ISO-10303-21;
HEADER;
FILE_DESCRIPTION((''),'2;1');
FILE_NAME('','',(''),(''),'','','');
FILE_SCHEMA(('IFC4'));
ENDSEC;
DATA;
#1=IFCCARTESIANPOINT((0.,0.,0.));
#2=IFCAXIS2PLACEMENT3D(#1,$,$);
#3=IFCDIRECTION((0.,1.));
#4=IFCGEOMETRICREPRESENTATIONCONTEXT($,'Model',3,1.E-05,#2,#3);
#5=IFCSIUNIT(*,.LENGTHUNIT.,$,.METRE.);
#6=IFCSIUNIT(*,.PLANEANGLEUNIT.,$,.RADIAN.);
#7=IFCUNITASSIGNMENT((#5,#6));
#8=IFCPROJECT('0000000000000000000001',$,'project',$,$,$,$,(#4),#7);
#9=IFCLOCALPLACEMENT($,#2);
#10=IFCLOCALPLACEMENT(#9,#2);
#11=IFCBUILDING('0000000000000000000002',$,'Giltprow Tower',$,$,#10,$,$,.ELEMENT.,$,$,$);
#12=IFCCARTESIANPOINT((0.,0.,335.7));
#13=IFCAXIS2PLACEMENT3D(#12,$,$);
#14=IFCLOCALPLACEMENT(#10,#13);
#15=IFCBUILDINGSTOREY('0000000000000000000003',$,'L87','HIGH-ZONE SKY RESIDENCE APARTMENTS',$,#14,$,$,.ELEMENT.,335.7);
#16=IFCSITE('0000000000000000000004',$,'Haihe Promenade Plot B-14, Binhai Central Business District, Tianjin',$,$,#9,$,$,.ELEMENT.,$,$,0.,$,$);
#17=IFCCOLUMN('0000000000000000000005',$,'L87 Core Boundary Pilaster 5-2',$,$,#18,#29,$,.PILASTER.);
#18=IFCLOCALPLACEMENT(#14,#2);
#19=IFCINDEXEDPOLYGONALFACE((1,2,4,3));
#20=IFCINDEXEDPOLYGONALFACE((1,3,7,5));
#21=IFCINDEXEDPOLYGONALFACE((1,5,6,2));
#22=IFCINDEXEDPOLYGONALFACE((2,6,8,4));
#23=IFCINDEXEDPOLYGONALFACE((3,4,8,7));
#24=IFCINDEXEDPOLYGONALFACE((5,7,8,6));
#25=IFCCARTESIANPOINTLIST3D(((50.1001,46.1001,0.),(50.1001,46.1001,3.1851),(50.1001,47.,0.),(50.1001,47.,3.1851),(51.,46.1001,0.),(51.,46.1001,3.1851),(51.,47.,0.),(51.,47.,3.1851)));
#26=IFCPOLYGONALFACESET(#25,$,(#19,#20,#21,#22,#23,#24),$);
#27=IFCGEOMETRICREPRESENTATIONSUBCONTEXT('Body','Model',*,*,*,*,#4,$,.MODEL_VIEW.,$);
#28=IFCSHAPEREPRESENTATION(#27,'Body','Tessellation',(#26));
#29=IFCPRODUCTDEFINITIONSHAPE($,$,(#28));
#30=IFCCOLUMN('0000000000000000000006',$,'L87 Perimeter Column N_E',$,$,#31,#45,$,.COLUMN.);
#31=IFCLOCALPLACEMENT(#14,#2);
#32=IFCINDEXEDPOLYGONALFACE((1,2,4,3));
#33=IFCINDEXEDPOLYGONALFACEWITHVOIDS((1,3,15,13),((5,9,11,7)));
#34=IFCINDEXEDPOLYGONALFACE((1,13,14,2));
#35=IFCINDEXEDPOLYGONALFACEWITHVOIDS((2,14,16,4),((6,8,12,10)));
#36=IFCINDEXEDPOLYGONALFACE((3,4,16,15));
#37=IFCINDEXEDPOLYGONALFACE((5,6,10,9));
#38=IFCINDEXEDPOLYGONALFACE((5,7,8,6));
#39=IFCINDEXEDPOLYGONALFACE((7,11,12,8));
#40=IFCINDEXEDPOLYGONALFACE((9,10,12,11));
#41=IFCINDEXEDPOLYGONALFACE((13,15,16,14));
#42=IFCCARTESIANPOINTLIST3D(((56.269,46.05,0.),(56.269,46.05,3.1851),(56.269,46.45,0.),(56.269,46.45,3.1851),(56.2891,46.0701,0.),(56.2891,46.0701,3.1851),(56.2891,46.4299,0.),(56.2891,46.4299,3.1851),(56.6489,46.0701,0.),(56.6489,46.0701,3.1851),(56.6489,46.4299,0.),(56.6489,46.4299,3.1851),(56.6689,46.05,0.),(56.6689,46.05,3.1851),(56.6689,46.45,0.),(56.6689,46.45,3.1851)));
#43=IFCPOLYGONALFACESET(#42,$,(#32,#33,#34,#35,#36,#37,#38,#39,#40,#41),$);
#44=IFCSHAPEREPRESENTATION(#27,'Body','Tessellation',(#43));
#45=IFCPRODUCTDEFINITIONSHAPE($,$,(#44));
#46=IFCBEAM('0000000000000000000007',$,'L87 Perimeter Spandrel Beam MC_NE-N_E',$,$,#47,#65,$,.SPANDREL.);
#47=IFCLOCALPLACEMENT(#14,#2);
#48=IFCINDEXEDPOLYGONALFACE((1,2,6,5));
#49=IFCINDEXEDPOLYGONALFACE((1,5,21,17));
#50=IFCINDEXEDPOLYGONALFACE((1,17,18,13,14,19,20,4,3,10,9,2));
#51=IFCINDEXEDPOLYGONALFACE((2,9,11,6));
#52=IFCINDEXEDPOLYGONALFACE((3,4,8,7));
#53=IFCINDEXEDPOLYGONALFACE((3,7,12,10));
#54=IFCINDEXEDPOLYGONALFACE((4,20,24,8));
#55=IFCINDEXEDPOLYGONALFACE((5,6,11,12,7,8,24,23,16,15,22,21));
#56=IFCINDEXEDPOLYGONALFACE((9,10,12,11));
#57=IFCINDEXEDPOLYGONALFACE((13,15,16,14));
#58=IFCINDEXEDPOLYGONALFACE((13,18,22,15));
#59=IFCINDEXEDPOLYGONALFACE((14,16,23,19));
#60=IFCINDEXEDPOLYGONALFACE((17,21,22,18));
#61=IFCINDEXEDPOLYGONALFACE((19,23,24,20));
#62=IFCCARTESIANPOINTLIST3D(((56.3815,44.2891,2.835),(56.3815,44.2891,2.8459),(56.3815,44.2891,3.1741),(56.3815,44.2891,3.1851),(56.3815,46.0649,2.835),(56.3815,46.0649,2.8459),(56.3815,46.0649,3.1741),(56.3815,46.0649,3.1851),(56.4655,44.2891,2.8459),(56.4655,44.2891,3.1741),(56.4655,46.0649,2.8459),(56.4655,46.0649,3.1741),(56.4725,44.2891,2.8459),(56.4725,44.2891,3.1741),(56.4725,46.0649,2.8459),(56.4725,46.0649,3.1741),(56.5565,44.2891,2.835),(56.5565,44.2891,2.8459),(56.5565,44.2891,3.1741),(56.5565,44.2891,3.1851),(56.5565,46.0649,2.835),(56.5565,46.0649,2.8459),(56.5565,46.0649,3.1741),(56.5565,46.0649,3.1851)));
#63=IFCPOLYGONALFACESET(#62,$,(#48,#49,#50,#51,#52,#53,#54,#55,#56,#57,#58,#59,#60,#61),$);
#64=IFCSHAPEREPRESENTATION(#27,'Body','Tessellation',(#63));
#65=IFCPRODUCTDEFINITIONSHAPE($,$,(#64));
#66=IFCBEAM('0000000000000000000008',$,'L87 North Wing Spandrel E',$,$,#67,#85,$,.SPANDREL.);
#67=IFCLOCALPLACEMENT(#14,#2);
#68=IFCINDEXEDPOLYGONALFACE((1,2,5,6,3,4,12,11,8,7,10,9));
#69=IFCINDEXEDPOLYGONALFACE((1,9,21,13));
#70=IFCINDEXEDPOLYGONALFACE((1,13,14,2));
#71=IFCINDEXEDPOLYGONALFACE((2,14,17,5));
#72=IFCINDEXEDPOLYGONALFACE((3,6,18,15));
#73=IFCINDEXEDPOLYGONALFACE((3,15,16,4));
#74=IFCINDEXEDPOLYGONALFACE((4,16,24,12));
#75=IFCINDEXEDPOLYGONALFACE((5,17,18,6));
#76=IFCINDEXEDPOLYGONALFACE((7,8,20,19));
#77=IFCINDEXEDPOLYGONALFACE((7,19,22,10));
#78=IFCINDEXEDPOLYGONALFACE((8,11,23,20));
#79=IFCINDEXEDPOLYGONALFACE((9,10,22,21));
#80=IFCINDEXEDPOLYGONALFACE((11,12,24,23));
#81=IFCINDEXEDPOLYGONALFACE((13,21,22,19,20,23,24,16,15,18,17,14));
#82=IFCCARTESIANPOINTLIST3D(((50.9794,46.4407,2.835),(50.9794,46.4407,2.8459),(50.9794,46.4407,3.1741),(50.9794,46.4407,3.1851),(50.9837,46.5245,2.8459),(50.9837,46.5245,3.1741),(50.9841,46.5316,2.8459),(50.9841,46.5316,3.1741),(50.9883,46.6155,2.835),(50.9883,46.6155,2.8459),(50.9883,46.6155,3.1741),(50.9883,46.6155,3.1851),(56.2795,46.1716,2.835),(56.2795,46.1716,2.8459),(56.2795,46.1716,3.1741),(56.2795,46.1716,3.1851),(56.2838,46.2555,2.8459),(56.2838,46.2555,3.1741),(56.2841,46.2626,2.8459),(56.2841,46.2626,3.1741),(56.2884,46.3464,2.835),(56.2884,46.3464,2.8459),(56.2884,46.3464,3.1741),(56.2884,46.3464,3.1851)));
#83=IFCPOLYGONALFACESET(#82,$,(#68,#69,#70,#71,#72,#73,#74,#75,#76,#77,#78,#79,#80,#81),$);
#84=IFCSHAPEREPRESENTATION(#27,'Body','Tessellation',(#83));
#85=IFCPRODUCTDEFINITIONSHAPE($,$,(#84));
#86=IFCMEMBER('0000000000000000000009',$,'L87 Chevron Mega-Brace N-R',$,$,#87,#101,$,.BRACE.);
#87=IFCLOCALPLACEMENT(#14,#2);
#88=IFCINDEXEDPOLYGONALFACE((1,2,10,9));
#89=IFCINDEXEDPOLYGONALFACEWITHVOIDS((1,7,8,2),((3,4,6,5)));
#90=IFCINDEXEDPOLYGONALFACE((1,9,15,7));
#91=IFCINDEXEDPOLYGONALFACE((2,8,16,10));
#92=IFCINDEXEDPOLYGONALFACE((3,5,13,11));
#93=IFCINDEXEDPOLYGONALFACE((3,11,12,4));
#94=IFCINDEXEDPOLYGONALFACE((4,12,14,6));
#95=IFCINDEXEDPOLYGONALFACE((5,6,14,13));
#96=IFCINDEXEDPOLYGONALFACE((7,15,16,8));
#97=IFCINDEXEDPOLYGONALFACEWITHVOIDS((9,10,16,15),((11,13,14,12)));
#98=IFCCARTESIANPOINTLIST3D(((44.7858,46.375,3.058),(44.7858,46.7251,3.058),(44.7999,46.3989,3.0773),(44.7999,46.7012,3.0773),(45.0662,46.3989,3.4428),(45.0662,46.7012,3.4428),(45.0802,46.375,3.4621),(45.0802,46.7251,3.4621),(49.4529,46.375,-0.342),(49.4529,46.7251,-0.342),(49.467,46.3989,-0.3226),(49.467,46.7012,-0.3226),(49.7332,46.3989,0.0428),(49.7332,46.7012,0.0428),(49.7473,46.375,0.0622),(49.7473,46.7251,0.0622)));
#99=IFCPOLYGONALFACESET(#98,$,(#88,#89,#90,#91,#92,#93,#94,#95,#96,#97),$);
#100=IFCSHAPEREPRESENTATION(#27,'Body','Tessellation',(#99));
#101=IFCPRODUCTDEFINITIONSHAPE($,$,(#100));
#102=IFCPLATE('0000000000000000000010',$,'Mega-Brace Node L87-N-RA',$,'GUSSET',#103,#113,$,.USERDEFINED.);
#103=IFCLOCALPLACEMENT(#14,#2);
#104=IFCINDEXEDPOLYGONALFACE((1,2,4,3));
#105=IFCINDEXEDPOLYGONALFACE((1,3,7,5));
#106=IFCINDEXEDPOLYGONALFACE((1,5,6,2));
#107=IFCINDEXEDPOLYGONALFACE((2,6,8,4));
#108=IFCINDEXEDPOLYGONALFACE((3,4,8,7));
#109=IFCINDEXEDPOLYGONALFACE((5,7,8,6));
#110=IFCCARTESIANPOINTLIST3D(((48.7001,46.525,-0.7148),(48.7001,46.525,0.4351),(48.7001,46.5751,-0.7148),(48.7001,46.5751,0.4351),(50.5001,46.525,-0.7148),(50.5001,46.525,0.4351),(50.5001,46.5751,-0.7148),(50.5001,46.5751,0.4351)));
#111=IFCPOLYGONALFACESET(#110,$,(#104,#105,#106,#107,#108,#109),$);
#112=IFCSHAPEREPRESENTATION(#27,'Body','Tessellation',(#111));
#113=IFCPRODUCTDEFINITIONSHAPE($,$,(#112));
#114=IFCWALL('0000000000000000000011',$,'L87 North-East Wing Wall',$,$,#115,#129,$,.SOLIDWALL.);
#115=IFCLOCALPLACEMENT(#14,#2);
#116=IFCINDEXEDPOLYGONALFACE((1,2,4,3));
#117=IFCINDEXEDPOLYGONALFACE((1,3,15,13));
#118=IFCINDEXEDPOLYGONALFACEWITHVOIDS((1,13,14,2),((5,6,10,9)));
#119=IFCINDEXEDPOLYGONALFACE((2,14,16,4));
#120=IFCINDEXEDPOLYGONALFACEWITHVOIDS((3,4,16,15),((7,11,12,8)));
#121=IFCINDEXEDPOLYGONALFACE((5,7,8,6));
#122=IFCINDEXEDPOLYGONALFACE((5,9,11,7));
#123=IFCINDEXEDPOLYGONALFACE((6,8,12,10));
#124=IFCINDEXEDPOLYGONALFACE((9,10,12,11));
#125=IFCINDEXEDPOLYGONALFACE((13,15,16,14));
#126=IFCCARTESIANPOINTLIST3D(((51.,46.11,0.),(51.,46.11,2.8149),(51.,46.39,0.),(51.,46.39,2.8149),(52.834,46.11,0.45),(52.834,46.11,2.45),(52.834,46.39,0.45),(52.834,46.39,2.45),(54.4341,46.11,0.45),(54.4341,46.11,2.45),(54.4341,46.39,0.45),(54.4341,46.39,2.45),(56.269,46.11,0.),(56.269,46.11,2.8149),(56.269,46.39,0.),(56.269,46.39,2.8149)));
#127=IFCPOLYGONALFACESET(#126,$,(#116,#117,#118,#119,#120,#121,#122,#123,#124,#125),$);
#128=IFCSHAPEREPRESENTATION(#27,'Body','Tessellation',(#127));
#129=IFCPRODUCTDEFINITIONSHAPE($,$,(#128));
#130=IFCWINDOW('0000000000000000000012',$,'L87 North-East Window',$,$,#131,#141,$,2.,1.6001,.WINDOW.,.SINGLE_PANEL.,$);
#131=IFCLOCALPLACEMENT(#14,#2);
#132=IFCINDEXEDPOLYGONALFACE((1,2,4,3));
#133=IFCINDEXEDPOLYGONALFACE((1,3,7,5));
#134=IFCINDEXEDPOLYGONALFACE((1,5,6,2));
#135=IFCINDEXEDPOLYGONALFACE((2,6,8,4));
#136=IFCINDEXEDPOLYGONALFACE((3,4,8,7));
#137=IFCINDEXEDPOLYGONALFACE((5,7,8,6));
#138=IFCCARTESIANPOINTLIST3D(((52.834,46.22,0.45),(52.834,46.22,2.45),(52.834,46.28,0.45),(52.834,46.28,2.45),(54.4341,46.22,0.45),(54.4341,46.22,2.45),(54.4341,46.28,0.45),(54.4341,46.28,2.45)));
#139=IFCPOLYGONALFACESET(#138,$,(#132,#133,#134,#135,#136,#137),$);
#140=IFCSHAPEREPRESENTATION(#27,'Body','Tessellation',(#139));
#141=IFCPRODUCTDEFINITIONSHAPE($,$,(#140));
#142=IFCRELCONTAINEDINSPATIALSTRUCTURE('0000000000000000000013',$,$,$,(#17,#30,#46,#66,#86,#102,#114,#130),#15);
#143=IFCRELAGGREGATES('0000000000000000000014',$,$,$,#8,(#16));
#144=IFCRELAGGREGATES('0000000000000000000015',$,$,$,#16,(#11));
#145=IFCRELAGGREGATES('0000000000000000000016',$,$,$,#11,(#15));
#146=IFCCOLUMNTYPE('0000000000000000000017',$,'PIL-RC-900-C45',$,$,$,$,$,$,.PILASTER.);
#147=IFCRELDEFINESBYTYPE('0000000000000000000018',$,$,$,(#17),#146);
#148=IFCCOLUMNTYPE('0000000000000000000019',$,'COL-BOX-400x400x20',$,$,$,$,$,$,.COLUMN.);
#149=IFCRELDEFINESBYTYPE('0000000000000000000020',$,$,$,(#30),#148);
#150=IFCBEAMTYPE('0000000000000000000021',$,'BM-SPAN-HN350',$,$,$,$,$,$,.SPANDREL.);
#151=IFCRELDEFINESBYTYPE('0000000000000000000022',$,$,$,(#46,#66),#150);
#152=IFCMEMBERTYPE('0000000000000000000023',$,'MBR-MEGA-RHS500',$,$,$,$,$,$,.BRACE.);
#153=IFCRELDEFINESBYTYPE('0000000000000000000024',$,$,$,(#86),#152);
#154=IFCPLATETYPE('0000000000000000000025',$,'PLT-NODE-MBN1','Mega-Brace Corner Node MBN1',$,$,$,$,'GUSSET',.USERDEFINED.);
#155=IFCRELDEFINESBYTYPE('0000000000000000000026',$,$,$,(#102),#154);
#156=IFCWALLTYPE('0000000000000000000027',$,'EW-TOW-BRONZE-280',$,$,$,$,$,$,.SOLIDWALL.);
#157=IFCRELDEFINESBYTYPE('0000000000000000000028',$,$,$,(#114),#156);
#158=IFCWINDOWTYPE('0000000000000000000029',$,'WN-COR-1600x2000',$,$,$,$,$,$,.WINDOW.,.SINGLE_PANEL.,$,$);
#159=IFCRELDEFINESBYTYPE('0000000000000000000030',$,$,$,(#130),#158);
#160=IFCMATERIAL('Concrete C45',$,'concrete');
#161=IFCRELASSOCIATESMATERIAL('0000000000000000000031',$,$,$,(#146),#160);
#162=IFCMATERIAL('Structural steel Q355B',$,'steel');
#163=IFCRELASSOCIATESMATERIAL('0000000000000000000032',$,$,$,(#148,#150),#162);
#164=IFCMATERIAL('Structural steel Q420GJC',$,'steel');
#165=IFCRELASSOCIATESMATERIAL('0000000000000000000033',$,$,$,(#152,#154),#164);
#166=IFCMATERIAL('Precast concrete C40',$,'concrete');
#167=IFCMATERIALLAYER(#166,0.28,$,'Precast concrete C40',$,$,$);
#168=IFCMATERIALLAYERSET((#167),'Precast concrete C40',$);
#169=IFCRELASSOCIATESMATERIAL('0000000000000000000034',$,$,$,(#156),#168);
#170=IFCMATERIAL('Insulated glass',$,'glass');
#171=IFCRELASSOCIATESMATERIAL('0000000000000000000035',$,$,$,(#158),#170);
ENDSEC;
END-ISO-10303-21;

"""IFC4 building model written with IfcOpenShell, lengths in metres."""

from ifc_helpers import new_model, si_unit, direction, frame, frame_2d, origin, origin_2d, place, context, subcontext, project, spatial, rectangle, hollow_rectangle, i_section, extrude, source, transform, mapped, material, layer, layer_set, material_profile, profile_set, type_object, element, fill, save


model = new_model("IFC4")

# Units and contexts
model_context = context("Model", 3, precision=1e-05, world=origin(), true_north=direction((0.0, 1.0)))
body_context = subcontext(model_context, "Body", "Model", "MODEL_VIEW")
ifc_project = project(units=[si_unit("LENGTHUNIT", "METRE"), si_unit("PLANEANGLEUNIT", "RADIAN")], contexts=[model_context])

# Site, building, storey
site_placement = place(None, origin())
site = spatial("IfcSite", under=ifc_project, at=site_placement, Name="Haihe Promenade Plot B-14, Binhai Central Business District, Tianjin", CompositionType="ELEMENT", RefElevation=0.0)
building_placement = place(site_placement, origin())
building = spatial("IfcBuilding", under=site, at=building_placement, Name="Giltprow Tower", CompositionType="ELEMENT")
storey_placement = place(building_placement, frame((0.0, 0.0, 335.7)))
storey = spatial("IfcBuildingStorey", under=building, at=storey_placement, Name="L87", Description="HIGH-ZONE SKY RESIDENCE APARTMENTS", CompositionType="ELEMENT", Elevation=335.7)

# Columns
ifc_material_1 = material(Name="Concrete C45", Category="concrete")
ifc_material_profile_1 = material_profile(ifc_material_1, rectangle(XDim=0.8999, YDim=0.8999, at=origin_2d()), Name="RC 900x900")
ifc_profile_set_1 = profile_set([ifc_material_profile_1], Name="Concrete C45")
column_type_1 = type_object("IfcColumnType", Name="PIL-RC-900-C45", PredefinedType="PILASTER", material=ifc_profile_set_1)
shared_shape_1 = source(origin(), body_context, "Body", "SweptSolid", [
    extrude(rectangle(XDim=0.8999, YDim=0.8999, at=origin_2d()), origin(), (0.0, 0.0, 1.0), 3.1851),
])
column_1_placement = place(storey_placement, frame((50.55, 46.55, 0.0), z_axis=(0.0, 0.0, 1.0), x_axis=(1.0, 0.0, 0.0)))
element("IfcColumn", 1, at=column_1_placement, inside=storey, type_object=column_type_1, Name="L87 Core Boundary Pilaster 5-2", PredefinedType="PILASTER", context=body_context, shape_type="MappedRepresentation", body=[
    mapped(shared_shape_1, transform((0.0, 0.0, 0.0), x_axis=(1.0, 0.0, 0.0), y_axis=(0.0, 1.0, 0.0), z_axis=(0.0, 0.0, 1.0), scale=1.0)),
])
ifc_material_2 = material(Name="Structural steel Q355B", Category="steel")
ifc_material_profile_2 = material_profile(ifc_material_2, hollow_rectangle(XDim=0.3999, YDim=0.3999, WallThickness=0.02, at=origin_2d()), Name="BOX 400x400x20")
ifc_profile_set_2 = profile_set([ifc_material_profile_2], Name="Structural steel Q355B")
column_type_2 = type_object("IfcColumnType", Name="COL-BOX-400x400x20", PredefinedType="COLUMN", material=ifc_profile_set_2)
shared_shape_2 = source(origin(), body_context, "Body", "SweptSolid", [
    extrude(hollow_rectangle(XDim=0.3999, YDim=0.3999, WallThickness=0.02, at=origin_2d()), origin(), (0.0, 0.0, 1.0), 3.1851),
])
column_2_placement = place(storey_placement, frame((56.469, 46.25, 0.0), z_axis=(0.0, 0.0, 1.0), x_axis=(1.0, 0.0, 0.0)))
element("IfcColumn", 2, at=column_2_placement, inside=storey, type_object=column_type_2, Name="L87 Perimeter Column N_E", PredefinedType="COLUMN", context=body_context, shape_type="MappedRepresentation", body=[
    mapped(shared_shape_2, transform((0.0, 0.0, 0.0), x_axis=(1.0, 0.0, 0.0), y_axis=(0.0, 1.0, 0.0), z_axis=(0.0, 0.0, 1.0), scale=1.0)),
])

# Beams
ifc_material_profile_3 = material_profile(ifc_material_2, i_section(OverallWidth=0.175, OverallDepth=0.3501, WebThickness=0.0071, FlangeThickness=0.011, at=origin_2d()), Name="HN 350x175x7x11")
ifc_profile_set_3 = profile_set([ifc_material_profile_3], Name="Structural steel Q355B")
beam_type = type_object("IfcBeamType", Name="BM-SPAN-HN350", PredefinedType="SPANDREL", material=ifc_profile_set_3)
shared_shape_3 = source(origin(), body_context, "Body", "SweptSolid", [
    extrude(i_section(OverallWidth=0.175, OverallDepth=0.3501, WebThickness=0.0071, FlangeThickness=0.011, at=origin_2d()), origin(), (0.0, 0.0, 1.0), 1.7759),
])
beam_1_placement = place(storey_placement, frame((56.469, 44.2891, 3.01), z_axis=(0.0, 1.0, 0.0), x_axis=(-1.0, 0.0, 0.0)))
element("IfcBeam", 3, at=beam_1_placement, inside=storey, type_object=beam_type, Name="L87 Perimeter Spandrel Beam MC_NE-N_E", PredefinedType="SPANDREL", context=body_context, shape_type="MappedRepresentation", body=[
    mapped(shared_shape_3, transform((0.0, 0.0, 0.0), x_axis=(1.0, 0.0, 0.0), y_axis=(0.0, 1.0, 0.0), z_axis=(0.0, 0.0, 1.0), scale=1.0)),
])
shared_shape_4 = source(origin(), body_context, "Body", "SweptSolid", [
    extrude(i_section(OverallWidth=0.175, OverallDepth=0.3501, WebThickness=0.0071, FlangeThickness=0.011, at=origin_2d()), origin(), (0.0, 0.0, 1.0), 5.3069),
])
beam_2_placement = place(storey_placement, frame((50.9839, 46.5281, 3.01), z_axis=(0.998714, -0.050697, 0.0), x_axis=(0.050697, 0.998714, 0.0)))
element("IfcBeam", 4, at=beam_2_placement, inside=storey, type_object=beam_type, Name="L87 North Wing Spandrel E", PredefinedType="SPANDREL", context=body_context, shape_type="MappedRepresentation", body=[
    mapped(shared_shape_4, transform((0.0, 0.0, 0.0), x_axis=(1.0, 0.0, 0.0), y_axis=(0.0, 1.0, 0.0), z_axis=(0.0, 0.0, 1.0), scale=1.0)),
])

# Member
ifc_material_3 = material(Name="Structural steel Q420GJC", Category="steel")
ifc_material_profile_4 = material_profile(ifc_material_3, hollow_rectangle(XDim=0.3501, YDim=0.5, WallThickness=0.0239, at=origin_2d()), Name="RHS 500x350x24")
ifc_profile_set_4 = profile_set([ifc_material_profile_4], Name="Structural steel Q420GJC")
member_type = type_object("IfcMemberType", Name="MBR-MEGA-RHS500", PredefinedType="BRACE", material=ifc_profile_set_4)
shared_shape_5 = source(origin(), body_context, "Body", "SweptSolid", [
    extrude(hollow_rectangle(XDim=0.3501, YDim=0.5, WallThickness=0.0239, at=origin_2d()), origin(), (0.0, 0.0, 1.0), 5.7742),
])
member_placement = place(storey_placement, frame((49.6001, 46.55, -0.1399), z_axis=(-0.808264, 0.0, 0.58882), x_axis=(0.0, -1.0, 0.0)))
element("IfcMember", 5, at=member_placement, inside=storey, type_object=member_type, Name="L87 Chevron Mega-Brace N-R", PredefinedType="BRACE", context=body_context, shape_type="MappedRepresentation", body=[
    mapped(shared_shape_5, transform((0.0, 0.0, 0.0), x_axis=(1.0, 0.0, 0.0), y_axis=(0.0, 1.0, 0.0), z_axis=(0.0, 0.0, 1.0), scale=1.0)),
])

# Plate
plate_type = type_object("IfcPlateType", Name="PLT-NODE-MBN1", Description="Mega-Brace Corner Node MBN1", ElementType="GUSSET", PredefinedType="USERDEFINED", material=ifc_material_3)
shared_shape_6 = source(origin(), body_context, "Body", "SweptSolid", [
    extrude(rectangle(XDim=1.8, YDim=0.05, at=origin_2d()), origin(), (0.0, 0.0, 1.0), 1.1499),
])
plate_placement = place(storey_placement, frame((49.6001, 46.55, -0.7148), z_axis=(0.0, 0.0, 1.0), x_axis=(1.0, 0.0, 0.0)))
element("IfcPlate", 6, at=plate_placement, inside=storey, type_object=plate_type, Name="Mega-Brace Node L87-N-RA", ObjectType="GUSSET", PredefinedType="USERDEFINED", context=body_context, shape_type="MappedRepresentation", body=[
    mapped(shared_shape_6, transform((0.0, 0.0, 0.0), x_axis=(1.0, 0.0, 0.0), y_axis=(0.0, 1.0, 0.0), z_axis=(0.0, 0.0, 1.0), scale=1.0)),
])

# Wall, opening, window
ifc_material_4 = material(Name="Precast concrete C40", Category="concrete")
ifc_layer = layer(ifc_material_4, 0.28, Name="Precast concrete C40")
ifc_layer_set = layer_set([ifc_layer], Name="Precast concrete C40")
wall_type = type_object("IfcWallType", Name="EW-TOW-BRONZE-280", PredefinedType="SOLIDWALL", material=ifc_layer_set)
wall_placement = place(storey_placement, frame((51.0, 46.25, 0.0), z_axis=(0.0, 0.0, 1.0), x_axis=(1.0, 0.0, 0.0)))
wall = element("IfcWall", 7, at=wall_placement, inside=storey, type_object=wall_type, Name="L87 North-East Wing Wall", PredefinedType="SOLIDWALL", context=body_context, shape_type="SweptSolid", body=[
    extrude(rectangle(XDim=5.269, YDim=0.28, at=frame_2d((2.6345, 0.0))), origin(), (0.0, 0.0, 1.0), 2.8149),
])
opening_placement = place(wall_placement, frame((1.834, 0.0, 0.45)))
opening = element("IfcOpeningElement", 8, at=opening_placement, cuts=wall, PredefinedType="OPENING", context=body_context, shape_type="SweptSolid", body=[
    extrude(rectangle(XDim=1.6001, YDim=2.0, at=frame_2d((0.8, 1.0))), frame((0.0, 0.1499, 0.0), z_axis=(0.0, -1.0, 0.0), x_axis=(1.0, 0.0, 0.0)), (0.0, 0.0, 1.0), 0.3),
])
ifc_material_5 = material(Name="Insulated glass", Category="glass")
window_type = type_object("IfcWindowType", Name="WN-COR-1600x2000", PartitioningType="SINGLE_PANEL", PredefinedType="WINDOW", material=ifc_material_5)
shared_shape_7 = source(origin(), body_context, "Body", "SweptSolid", [
    extrude(rectangle(XDim=1.6001, YDim=2.0, at=frame_2d((0.8, 1.0))), frame((0.0, 0.03, 0.0), z_axis=(0.0, -1.0, 0.0), x_axis=(1.0, 0.0, 0.0)), (0.0, 0.0, 1.0), 0.0601),
])
window_placement = place(opening_placement, origin())
window = element("IfcWindow", 9, at=window_placement, inside=storey, type_object=window_type, Name="L87 North-East Window", OverallHeight=2.0, OverallWidth=1.6001, PartitioningType="SINGLE_PANEL", PredefinedType="WINDOW", context=body_context, shape_type="MappedRepresentation", body=[
    mapped(shared_shape_7, transform((0.0, 0.0, 0.0), x_axis=(1.0, 0.0, 0.0), y_axis=(0.0, 1.0, 0.0), z_axis=(0.0, 0.0, 1.0), scale=1.0)),
])
fill(opening, window)

save(model, "model.ifc")
